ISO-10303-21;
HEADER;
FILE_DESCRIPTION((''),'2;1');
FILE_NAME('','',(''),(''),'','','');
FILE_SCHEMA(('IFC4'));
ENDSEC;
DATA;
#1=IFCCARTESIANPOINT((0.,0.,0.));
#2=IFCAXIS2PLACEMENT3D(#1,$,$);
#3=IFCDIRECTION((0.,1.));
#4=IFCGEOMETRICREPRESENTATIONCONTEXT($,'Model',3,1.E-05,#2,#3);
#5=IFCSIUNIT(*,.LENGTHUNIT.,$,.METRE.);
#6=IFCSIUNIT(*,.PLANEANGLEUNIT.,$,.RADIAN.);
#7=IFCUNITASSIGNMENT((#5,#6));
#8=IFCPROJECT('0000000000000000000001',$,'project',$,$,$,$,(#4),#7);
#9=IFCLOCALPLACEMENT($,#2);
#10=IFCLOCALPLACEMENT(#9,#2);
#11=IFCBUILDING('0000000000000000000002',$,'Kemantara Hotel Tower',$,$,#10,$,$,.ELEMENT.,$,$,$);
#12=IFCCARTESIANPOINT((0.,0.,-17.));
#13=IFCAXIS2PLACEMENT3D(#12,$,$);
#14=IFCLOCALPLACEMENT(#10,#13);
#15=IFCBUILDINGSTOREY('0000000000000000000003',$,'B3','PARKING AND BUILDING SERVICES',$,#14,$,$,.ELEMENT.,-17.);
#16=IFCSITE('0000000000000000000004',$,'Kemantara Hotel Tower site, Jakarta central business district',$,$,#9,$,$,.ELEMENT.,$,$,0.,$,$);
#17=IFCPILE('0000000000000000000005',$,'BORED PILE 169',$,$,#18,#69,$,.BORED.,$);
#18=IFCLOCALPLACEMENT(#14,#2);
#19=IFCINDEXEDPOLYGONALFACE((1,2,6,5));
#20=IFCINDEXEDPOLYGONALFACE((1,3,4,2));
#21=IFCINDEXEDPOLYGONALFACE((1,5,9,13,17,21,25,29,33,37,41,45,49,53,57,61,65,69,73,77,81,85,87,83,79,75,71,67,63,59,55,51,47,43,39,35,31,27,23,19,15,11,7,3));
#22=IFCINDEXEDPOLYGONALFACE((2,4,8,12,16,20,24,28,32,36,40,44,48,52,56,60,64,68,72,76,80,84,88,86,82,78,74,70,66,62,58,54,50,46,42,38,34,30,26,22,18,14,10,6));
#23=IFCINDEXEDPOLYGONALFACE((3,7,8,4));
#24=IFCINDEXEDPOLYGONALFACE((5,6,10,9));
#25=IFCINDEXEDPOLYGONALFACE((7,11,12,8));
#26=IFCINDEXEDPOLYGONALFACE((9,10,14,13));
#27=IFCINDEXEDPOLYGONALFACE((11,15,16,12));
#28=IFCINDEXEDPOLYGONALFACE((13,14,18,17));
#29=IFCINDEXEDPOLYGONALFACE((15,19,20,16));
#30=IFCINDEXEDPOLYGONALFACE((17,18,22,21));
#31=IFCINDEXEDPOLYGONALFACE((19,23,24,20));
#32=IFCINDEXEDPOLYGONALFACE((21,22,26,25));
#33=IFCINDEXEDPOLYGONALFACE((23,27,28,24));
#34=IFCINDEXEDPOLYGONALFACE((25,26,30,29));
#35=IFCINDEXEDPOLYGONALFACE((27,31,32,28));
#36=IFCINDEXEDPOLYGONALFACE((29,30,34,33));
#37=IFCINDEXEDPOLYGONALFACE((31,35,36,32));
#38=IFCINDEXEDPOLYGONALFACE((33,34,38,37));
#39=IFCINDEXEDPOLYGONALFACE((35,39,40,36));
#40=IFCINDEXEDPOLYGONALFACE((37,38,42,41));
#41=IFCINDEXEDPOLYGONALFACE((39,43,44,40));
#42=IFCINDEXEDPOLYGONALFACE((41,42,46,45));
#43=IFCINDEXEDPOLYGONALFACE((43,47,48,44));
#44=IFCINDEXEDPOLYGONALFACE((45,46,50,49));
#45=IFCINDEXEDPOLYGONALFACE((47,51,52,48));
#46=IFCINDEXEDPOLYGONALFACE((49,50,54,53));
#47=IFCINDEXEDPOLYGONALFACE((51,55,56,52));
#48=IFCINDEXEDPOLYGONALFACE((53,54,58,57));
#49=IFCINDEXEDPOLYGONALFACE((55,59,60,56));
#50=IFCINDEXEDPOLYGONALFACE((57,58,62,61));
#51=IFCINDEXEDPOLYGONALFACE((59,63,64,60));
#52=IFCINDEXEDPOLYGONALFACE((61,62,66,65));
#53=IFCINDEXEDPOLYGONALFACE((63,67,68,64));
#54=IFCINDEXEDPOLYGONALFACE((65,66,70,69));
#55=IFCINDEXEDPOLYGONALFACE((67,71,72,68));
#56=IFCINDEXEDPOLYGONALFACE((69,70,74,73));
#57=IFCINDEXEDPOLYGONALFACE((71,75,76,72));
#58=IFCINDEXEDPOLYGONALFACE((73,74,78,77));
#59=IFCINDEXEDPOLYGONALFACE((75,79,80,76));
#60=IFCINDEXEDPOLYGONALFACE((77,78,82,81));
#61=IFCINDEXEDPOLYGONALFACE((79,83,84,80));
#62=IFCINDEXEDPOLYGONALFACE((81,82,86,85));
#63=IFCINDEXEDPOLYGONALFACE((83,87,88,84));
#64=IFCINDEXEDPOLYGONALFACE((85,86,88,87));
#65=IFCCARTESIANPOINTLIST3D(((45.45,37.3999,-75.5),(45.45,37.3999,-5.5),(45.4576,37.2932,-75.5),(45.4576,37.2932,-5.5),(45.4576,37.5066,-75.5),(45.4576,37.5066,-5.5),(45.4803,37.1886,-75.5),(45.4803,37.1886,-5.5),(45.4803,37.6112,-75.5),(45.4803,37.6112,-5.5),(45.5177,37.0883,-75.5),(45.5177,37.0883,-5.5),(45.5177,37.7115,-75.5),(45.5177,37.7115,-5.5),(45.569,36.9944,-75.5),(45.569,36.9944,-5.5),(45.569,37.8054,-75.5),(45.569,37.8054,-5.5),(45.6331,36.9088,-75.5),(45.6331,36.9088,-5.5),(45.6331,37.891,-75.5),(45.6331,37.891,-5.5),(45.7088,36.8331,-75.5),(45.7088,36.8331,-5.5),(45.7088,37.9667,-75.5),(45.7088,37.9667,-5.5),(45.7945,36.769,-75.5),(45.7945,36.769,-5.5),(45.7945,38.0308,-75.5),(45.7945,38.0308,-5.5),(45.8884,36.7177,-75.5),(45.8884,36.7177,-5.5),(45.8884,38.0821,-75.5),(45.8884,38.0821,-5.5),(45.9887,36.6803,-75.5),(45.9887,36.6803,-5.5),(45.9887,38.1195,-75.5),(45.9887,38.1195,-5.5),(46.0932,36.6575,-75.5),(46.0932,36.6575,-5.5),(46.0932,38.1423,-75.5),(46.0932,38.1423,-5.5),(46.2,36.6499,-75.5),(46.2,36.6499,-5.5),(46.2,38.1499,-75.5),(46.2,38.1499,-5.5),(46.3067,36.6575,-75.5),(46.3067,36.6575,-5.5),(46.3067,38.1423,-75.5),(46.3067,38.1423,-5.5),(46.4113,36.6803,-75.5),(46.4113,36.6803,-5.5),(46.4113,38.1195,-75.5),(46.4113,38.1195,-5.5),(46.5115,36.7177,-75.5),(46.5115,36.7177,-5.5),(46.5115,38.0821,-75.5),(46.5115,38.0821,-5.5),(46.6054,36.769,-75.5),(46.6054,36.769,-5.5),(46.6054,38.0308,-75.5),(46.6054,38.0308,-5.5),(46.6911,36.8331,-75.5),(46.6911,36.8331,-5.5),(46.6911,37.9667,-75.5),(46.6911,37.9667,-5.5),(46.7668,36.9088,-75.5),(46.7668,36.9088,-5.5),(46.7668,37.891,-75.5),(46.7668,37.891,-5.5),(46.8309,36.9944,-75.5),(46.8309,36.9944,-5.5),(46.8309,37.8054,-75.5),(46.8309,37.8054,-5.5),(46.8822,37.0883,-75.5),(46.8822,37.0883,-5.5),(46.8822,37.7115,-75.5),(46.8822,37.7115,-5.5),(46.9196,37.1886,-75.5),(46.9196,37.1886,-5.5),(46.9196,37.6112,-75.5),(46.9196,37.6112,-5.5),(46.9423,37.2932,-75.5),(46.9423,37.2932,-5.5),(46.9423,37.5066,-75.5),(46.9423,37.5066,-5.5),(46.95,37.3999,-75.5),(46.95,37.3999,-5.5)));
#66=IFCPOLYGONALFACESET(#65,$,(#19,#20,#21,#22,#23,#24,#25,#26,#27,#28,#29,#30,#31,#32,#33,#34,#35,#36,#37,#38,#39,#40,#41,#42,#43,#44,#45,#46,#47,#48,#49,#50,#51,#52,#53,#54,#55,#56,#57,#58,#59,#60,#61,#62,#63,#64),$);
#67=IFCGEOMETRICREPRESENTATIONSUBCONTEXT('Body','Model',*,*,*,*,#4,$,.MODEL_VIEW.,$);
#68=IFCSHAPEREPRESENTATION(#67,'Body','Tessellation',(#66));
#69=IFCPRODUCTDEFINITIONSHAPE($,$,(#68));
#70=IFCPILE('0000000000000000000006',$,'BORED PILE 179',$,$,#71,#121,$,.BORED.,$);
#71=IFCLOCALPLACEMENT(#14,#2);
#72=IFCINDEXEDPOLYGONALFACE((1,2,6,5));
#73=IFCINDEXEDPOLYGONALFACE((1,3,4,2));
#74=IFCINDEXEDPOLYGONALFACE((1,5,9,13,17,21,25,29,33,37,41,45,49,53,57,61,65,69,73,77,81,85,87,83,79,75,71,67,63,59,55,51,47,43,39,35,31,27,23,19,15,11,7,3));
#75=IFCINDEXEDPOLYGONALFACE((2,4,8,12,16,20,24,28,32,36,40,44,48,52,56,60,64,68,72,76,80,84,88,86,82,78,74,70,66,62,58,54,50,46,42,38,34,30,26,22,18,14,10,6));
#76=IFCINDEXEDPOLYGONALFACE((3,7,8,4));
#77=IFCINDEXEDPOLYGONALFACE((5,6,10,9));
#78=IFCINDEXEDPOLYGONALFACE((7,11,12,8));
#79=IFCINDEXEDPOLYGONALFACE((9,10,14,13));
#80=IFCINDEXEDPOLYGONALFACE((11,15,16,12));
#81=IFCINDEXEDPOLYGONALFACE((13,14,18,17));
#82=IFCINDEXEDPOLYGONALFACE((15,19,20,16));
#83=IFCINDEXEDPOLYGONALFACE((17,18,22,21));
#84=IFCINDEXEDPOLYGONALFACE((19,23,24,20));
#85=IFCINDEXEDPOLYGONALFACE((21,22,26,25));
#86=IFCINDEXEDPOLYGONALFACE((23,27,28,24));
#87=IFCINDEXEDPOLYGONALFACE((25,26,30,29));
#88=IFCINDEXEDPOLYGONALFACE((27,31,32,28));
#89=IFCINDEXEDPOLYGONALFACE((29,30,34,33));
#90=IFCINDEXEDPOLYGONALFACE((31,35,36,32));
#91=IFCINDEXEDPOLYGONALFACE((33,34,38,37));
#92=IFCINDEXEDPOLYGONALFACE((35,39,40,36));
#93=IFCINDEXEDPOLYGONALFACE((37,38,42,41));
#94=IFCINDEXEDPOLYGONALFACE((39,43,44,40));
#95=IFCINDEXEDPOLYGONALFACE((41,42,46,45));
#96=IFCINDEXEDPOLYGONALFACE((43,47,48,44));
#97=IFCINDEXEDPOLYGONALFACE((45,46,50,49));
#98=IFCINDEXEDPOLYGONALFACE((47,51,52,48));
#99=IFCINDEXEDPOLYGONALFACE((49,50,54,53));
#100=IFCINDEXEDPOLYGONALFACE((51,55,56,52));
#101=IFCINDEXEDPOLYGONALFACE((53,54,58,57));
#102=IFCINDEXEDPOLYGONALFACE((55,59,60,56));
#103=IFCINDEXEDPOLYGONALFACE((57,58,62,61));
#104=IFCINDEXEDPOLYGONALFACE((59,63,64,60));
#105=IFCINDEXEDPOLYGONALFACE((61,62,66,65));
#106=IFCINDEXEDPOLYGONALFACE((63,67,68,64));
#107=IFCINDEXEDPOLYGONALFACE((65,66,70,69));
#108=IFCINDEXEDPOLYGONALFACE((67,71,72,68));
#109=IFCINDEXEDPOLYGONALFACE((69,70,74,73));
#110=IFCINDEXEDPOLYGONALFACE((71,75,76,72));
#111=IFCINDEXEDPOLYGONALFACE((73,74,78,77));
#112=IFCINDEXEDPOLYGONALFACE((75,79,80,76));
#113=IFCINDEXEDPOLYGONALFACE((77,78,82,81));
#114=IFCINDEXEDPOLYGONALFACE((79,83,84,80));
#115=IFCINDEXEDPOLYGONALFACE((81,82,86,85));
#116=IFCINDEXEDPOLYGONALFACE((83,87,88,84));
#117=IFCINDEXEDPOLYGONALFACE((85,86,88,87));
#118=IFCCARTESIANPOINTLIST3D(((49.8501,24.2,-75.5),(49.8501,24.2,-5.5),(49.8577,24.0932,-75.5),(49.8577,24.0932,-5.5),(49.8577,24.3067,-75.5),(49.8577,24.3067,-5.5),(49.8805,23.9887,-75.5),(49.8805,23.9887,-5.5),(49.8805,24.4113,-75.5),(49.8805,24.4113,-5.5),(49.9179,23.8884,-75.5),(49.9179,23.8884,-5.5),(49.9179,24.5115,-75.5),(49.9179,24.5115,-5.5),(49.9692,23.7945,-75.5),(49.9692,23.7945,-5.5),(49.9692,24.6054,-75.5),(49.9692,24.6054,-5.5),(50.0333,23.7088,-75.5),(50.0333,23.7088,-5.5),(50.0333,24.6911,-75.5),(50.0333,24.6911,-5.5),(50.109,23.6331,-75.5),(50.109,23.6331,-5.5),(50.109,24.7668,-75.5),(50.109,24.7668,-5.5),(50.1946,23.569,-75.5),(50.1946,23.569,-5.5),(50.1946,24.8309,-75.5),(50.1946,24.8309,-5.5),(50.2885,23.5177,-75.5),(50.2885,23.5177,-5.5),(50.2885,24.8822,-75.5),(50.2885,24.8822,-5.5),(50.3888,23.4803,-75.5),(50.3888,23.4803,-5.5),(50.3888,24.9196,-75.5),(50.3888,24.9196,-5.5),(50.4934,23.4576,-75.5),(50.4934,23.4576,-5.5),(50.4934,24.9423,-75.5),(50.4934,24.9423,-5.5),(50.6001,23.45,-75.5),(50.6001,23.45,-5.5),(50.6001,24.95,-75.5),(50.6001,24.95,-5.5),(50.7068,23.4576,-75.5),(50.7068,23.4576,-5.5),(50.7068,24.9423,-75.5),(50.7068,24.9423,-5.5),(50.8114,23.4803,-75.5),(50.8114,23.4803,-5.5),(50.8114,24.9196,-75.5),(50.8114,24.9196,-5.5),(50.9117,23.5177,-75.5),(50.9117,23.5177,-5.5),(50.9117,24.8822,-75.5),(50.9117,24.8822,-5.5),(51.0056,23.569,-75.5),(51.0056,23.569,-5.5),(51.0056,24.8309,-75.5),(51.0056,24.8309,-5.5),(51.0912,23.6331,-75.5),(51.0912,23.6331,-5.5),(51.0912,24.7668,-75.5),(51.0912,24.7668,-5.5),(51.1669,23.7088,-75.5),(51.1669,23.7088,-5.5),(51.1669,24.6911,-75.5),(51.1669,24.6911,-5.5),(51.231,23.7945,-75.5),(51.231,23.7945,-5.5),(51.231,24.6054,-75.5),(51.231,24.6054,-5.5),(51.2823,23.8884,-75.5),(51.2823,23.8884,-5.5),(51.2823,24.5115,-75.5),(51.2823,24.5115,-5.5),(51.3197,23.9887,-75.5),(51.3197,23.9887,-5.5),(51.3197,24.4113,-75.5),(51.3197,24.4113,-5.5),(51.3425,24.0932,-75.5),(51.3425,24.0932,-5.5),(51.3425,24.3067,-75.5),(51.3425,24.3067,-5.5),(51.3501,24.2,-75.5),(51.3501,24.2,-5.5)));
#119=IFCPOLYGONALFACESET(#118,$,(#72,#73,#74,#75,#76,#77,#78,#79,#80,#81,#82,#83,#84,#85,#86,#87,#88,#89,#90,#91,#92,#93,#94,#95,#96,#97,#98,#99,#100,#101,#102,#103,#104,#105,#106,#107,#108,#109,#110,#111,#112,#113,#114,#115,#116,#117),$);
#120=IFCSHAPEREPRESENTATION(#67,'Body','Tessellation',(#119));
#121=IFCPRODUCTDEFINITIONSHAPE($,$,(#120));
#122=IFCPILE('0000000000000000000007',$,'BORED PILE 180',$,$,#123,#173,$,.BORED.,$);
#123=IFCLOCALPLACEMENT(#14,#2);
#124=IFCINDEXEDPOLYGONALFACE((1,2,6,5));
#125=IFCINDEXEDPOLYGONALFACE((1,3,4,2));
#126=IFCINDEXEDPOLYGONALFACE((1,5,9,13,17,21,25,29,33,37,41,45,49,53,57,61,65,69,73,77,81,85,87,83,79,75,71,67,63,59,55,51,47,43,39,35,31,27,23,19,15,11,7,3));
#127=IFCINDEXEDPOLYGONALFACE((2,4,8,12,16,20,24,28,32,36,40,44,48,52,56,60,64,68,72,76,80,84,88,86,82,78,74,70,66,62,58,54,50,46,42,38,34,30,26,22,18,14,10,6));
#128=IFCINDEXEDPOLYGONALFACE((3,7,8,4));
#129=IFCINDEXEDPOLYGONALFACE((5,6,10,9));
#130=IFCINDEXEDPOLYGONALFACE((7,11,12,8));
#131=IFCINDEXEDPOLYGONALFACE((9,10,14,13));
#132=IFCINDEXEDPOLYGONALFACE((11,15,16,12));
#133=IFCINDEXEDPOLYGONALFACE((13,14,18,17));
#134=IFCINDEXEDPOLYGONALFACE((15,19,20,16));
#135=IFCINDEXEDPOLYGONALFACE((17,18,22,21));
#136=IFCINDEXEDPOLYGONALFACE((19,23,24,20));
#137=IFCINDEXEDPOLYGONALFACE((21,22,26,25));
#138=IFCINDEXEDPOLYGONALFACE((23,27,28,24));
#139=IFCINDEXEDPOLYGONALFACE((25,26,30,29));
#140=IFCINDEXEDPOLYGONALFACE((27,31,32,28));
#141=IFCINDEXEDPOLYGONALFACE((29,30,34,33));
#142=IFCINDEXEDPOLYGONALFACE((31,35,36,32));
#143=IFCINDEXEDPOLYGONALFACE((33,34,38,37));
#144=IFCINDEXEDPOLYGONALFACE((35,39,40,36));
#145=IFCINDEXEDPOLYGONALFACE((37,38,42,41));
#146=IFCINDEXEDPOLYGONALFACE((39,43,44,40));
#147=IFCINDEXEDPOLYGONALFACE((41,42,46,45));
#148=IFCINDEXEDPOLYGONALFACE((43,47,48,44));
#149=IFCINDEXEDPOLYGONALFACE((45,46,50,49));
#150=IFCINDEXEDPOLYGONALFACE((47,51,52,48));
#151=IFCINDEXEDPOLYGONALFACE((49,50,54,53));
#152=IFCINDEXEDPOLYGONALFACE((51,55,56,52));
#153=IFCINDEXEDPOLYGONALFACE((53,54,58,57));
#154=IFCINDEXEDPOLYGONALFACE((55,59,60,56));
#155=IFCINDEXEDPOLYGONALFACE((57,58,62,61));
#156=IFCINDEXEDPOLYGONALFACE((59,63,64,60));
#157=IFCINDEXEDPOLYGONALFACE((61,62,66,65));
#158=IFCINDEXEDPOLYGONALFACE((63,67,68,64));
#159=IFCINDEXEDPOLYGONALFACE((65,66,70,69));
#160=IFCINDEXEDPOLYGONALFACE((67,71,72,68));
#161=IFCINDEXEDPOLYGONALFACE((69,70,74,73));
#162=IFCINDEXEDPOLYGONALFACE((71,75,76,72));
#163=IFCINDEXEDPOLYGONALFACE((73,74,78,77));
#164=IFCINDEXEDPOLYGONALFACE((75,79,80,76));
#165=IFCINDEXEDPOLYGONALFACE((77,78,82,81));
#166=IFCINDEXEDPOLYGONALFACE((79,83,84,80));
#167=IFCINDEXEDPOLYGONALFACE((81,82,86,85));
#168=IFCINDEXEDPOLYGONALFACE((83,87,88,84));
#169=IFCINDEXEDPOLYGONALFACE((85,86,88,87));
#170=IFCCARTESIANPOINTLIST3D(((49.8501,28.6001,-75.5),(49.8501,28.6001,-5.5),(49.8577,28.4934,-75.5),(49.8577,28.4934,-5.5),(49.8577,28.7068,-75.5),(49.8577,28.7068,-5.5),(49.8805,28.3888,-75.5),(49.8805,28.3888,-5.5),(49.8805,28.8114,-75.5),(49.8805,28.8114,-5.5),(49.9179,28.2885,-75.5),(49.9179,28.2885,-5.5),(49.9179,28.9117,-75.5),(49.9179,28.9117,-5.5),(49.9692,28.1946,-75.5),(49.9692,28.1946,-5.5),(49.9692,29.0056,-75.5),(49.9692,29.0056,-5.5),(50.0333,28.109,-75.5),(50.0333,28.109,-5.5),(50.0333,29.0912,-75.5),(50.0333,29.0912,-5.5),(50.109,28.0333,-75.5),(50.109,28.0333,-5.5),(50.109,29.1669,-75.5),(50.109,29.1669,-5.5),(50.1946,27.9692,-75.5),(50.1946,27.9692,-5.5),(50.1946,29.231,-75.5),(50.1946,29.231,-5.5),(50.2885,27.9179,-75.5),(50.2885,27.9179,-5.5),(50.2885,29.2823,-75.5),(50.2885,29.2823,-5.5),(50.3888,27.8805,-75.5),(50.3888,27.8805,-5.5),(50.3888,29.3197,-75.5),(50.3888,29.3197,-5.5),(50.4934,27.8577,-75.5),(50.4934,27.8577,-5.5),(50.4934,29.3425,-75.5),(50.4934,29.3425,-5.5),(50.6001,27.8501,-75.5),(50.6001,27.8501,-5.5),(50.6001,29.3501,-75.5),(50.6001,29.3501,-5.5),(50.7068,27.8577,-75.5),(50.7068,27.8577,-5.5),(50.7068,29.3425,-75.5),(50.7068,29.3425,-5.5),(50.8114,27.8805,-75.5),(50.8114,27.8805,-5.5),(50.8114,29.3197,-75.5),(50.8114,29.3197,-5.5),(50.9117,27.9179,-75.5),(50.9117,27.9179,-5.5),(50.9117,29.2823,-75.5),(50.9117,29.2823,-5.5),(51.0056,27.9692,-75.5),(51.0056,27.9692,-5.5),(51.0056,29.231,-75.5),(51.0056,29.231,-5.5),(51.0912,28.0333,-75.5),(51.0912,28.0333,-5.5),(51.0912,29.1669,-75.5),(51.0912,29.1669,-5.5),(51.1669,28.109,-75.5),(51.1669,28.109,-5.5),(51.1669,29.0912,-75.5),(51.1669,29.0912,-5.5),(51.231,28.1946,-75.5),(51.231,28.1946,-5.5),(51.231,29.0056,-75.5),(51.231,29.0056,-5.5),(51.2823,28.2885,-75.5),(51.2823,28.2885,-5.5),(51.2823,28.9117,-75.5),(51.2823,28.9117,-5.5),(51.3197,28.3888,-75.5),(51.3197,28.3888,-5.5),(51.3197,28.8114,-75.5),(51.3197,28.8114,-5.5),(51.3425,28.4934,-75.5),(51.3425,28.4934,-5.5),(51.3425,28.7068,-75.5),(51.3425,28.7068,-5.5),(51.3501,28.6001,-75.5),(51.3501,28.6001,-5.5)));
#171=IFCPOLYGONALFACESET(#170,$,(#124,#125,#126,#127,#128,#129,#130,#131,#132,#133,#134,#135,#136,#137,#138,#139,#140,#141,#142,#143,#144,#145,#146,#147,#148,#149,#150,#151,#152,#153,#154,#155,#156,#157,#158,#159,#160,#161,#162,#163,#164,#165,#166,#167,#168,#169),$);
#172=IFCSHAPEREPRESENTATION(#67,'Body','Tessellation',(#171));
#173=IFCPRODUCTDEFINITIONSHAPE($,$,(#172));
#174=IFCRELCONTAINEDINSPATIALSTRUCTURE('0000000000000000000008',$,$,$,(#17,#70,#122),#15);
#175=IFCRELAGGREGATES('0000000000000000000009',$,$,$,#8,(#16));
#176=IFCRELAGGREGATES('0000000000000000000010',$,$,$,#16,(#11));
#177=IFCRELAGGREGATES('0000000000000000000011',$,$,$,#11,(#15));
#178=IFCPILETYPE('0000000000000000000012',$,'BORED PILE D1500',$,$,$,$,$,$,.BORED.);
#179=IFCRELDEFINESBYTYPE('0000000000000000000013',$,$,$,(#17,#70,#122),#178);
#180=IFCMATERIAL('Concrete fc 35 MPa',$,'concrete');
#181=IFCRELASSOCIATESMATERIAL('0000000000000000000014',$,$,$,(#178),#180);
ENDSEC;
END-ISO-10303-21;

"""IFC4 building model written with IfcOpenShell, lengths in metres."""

from ifc_helpers import new_model, si_unit, direction, frame, origin, origin_2d, place, context, subcontext, project, spatial, circle, extrude, material, material_profile, profile_set, type_object, element, save


model = new_model("IFC4")

# Units and contexts
model_context = context("Model", 3, precision=1e-05, world=origin(), true_north=direction((0.0, 1.0)))
body_context = subcontext(model_context, "Body", "Model", "MODEL_VIEW")
ifc_project = project(units=[si_unit("LENGTHUNIT", "METRE"), si_unit("PLANEANGLEUNIT", "RADIAN")], contexts=[model_context])

# Site, building, storey
site_placement = place(None, origin())
site = spatial("IfcSite", under=ifc_project, at=site_placement, Name="Kemantara Hotel Tower site, Jakarta central business district", CompositionType="ELEMENT", RefElevation=0.0)
building_placement = place(site_placement, origin())
building = spatial("IfcBuilding", under=site, at=building_placement, Name="Kemantara Hotel Tower", CompositionType="ELEMENT")
storey_placement = place(building_placement, frame((0.0, 0.0, -17.0)))
storey = spatial("IfcBuildingStorey", under=building, at=storey_placement, Name="B3", Description="PARKING AND BUILDING SERVICES", CompositionType="ELEMENT", Elevation=-17.0)

# Piles
ifc_material_1 = material(Name="Concrete fc 35 MPa", Category="concrete")
ifc_material_profile_1 = material_profile(ifc_material_1, circle(Radius=0.75, at=origin_2d()), Name="BORED PILE D1500")
ifc_profile_set_1 = profile_set([ifc_material_profile_1], Name="Concrete fc 35 MPa")
pile_type = type_object("IfcPileType", Name="BORED PILE D1500", PredefinedType="BORED", material=ifc_profile_set_1)
for number, where, z_axis, x_axis, name in (
    (1, (46.2, 37.3999, -5.5), (0.0, 0.0, -1.0), (1.0, 0.0, 0.0), "BORED PILE 169"),
    (2, (50.6001, 24.2, -5.5), (0.0, 0.0, -1.0), (1.0, 0.0, 0.0), "BORED PILE 179"),
    (3, (50.6001, 28.6001, -5.5), (0.0, 0.0, -1.0), (1.0, 0.0, 0.0), "BORED PILE 180"),
):
    element("IfcPile", number, at=place(storey_placement, frame(where, z_axis=z_axis, x_axis=x_axis)), inside=storey, type_object=pile_type, Name=name, PredefinedType="BORED", context=body_context, shape_type="SweptSolid", body=[
        extrude(circle(Radius=0.75, at=origin_2d()), origin(), (0.0, 0.0, 1.0), 70.0),
    ])

save(model, "model.ifc")
